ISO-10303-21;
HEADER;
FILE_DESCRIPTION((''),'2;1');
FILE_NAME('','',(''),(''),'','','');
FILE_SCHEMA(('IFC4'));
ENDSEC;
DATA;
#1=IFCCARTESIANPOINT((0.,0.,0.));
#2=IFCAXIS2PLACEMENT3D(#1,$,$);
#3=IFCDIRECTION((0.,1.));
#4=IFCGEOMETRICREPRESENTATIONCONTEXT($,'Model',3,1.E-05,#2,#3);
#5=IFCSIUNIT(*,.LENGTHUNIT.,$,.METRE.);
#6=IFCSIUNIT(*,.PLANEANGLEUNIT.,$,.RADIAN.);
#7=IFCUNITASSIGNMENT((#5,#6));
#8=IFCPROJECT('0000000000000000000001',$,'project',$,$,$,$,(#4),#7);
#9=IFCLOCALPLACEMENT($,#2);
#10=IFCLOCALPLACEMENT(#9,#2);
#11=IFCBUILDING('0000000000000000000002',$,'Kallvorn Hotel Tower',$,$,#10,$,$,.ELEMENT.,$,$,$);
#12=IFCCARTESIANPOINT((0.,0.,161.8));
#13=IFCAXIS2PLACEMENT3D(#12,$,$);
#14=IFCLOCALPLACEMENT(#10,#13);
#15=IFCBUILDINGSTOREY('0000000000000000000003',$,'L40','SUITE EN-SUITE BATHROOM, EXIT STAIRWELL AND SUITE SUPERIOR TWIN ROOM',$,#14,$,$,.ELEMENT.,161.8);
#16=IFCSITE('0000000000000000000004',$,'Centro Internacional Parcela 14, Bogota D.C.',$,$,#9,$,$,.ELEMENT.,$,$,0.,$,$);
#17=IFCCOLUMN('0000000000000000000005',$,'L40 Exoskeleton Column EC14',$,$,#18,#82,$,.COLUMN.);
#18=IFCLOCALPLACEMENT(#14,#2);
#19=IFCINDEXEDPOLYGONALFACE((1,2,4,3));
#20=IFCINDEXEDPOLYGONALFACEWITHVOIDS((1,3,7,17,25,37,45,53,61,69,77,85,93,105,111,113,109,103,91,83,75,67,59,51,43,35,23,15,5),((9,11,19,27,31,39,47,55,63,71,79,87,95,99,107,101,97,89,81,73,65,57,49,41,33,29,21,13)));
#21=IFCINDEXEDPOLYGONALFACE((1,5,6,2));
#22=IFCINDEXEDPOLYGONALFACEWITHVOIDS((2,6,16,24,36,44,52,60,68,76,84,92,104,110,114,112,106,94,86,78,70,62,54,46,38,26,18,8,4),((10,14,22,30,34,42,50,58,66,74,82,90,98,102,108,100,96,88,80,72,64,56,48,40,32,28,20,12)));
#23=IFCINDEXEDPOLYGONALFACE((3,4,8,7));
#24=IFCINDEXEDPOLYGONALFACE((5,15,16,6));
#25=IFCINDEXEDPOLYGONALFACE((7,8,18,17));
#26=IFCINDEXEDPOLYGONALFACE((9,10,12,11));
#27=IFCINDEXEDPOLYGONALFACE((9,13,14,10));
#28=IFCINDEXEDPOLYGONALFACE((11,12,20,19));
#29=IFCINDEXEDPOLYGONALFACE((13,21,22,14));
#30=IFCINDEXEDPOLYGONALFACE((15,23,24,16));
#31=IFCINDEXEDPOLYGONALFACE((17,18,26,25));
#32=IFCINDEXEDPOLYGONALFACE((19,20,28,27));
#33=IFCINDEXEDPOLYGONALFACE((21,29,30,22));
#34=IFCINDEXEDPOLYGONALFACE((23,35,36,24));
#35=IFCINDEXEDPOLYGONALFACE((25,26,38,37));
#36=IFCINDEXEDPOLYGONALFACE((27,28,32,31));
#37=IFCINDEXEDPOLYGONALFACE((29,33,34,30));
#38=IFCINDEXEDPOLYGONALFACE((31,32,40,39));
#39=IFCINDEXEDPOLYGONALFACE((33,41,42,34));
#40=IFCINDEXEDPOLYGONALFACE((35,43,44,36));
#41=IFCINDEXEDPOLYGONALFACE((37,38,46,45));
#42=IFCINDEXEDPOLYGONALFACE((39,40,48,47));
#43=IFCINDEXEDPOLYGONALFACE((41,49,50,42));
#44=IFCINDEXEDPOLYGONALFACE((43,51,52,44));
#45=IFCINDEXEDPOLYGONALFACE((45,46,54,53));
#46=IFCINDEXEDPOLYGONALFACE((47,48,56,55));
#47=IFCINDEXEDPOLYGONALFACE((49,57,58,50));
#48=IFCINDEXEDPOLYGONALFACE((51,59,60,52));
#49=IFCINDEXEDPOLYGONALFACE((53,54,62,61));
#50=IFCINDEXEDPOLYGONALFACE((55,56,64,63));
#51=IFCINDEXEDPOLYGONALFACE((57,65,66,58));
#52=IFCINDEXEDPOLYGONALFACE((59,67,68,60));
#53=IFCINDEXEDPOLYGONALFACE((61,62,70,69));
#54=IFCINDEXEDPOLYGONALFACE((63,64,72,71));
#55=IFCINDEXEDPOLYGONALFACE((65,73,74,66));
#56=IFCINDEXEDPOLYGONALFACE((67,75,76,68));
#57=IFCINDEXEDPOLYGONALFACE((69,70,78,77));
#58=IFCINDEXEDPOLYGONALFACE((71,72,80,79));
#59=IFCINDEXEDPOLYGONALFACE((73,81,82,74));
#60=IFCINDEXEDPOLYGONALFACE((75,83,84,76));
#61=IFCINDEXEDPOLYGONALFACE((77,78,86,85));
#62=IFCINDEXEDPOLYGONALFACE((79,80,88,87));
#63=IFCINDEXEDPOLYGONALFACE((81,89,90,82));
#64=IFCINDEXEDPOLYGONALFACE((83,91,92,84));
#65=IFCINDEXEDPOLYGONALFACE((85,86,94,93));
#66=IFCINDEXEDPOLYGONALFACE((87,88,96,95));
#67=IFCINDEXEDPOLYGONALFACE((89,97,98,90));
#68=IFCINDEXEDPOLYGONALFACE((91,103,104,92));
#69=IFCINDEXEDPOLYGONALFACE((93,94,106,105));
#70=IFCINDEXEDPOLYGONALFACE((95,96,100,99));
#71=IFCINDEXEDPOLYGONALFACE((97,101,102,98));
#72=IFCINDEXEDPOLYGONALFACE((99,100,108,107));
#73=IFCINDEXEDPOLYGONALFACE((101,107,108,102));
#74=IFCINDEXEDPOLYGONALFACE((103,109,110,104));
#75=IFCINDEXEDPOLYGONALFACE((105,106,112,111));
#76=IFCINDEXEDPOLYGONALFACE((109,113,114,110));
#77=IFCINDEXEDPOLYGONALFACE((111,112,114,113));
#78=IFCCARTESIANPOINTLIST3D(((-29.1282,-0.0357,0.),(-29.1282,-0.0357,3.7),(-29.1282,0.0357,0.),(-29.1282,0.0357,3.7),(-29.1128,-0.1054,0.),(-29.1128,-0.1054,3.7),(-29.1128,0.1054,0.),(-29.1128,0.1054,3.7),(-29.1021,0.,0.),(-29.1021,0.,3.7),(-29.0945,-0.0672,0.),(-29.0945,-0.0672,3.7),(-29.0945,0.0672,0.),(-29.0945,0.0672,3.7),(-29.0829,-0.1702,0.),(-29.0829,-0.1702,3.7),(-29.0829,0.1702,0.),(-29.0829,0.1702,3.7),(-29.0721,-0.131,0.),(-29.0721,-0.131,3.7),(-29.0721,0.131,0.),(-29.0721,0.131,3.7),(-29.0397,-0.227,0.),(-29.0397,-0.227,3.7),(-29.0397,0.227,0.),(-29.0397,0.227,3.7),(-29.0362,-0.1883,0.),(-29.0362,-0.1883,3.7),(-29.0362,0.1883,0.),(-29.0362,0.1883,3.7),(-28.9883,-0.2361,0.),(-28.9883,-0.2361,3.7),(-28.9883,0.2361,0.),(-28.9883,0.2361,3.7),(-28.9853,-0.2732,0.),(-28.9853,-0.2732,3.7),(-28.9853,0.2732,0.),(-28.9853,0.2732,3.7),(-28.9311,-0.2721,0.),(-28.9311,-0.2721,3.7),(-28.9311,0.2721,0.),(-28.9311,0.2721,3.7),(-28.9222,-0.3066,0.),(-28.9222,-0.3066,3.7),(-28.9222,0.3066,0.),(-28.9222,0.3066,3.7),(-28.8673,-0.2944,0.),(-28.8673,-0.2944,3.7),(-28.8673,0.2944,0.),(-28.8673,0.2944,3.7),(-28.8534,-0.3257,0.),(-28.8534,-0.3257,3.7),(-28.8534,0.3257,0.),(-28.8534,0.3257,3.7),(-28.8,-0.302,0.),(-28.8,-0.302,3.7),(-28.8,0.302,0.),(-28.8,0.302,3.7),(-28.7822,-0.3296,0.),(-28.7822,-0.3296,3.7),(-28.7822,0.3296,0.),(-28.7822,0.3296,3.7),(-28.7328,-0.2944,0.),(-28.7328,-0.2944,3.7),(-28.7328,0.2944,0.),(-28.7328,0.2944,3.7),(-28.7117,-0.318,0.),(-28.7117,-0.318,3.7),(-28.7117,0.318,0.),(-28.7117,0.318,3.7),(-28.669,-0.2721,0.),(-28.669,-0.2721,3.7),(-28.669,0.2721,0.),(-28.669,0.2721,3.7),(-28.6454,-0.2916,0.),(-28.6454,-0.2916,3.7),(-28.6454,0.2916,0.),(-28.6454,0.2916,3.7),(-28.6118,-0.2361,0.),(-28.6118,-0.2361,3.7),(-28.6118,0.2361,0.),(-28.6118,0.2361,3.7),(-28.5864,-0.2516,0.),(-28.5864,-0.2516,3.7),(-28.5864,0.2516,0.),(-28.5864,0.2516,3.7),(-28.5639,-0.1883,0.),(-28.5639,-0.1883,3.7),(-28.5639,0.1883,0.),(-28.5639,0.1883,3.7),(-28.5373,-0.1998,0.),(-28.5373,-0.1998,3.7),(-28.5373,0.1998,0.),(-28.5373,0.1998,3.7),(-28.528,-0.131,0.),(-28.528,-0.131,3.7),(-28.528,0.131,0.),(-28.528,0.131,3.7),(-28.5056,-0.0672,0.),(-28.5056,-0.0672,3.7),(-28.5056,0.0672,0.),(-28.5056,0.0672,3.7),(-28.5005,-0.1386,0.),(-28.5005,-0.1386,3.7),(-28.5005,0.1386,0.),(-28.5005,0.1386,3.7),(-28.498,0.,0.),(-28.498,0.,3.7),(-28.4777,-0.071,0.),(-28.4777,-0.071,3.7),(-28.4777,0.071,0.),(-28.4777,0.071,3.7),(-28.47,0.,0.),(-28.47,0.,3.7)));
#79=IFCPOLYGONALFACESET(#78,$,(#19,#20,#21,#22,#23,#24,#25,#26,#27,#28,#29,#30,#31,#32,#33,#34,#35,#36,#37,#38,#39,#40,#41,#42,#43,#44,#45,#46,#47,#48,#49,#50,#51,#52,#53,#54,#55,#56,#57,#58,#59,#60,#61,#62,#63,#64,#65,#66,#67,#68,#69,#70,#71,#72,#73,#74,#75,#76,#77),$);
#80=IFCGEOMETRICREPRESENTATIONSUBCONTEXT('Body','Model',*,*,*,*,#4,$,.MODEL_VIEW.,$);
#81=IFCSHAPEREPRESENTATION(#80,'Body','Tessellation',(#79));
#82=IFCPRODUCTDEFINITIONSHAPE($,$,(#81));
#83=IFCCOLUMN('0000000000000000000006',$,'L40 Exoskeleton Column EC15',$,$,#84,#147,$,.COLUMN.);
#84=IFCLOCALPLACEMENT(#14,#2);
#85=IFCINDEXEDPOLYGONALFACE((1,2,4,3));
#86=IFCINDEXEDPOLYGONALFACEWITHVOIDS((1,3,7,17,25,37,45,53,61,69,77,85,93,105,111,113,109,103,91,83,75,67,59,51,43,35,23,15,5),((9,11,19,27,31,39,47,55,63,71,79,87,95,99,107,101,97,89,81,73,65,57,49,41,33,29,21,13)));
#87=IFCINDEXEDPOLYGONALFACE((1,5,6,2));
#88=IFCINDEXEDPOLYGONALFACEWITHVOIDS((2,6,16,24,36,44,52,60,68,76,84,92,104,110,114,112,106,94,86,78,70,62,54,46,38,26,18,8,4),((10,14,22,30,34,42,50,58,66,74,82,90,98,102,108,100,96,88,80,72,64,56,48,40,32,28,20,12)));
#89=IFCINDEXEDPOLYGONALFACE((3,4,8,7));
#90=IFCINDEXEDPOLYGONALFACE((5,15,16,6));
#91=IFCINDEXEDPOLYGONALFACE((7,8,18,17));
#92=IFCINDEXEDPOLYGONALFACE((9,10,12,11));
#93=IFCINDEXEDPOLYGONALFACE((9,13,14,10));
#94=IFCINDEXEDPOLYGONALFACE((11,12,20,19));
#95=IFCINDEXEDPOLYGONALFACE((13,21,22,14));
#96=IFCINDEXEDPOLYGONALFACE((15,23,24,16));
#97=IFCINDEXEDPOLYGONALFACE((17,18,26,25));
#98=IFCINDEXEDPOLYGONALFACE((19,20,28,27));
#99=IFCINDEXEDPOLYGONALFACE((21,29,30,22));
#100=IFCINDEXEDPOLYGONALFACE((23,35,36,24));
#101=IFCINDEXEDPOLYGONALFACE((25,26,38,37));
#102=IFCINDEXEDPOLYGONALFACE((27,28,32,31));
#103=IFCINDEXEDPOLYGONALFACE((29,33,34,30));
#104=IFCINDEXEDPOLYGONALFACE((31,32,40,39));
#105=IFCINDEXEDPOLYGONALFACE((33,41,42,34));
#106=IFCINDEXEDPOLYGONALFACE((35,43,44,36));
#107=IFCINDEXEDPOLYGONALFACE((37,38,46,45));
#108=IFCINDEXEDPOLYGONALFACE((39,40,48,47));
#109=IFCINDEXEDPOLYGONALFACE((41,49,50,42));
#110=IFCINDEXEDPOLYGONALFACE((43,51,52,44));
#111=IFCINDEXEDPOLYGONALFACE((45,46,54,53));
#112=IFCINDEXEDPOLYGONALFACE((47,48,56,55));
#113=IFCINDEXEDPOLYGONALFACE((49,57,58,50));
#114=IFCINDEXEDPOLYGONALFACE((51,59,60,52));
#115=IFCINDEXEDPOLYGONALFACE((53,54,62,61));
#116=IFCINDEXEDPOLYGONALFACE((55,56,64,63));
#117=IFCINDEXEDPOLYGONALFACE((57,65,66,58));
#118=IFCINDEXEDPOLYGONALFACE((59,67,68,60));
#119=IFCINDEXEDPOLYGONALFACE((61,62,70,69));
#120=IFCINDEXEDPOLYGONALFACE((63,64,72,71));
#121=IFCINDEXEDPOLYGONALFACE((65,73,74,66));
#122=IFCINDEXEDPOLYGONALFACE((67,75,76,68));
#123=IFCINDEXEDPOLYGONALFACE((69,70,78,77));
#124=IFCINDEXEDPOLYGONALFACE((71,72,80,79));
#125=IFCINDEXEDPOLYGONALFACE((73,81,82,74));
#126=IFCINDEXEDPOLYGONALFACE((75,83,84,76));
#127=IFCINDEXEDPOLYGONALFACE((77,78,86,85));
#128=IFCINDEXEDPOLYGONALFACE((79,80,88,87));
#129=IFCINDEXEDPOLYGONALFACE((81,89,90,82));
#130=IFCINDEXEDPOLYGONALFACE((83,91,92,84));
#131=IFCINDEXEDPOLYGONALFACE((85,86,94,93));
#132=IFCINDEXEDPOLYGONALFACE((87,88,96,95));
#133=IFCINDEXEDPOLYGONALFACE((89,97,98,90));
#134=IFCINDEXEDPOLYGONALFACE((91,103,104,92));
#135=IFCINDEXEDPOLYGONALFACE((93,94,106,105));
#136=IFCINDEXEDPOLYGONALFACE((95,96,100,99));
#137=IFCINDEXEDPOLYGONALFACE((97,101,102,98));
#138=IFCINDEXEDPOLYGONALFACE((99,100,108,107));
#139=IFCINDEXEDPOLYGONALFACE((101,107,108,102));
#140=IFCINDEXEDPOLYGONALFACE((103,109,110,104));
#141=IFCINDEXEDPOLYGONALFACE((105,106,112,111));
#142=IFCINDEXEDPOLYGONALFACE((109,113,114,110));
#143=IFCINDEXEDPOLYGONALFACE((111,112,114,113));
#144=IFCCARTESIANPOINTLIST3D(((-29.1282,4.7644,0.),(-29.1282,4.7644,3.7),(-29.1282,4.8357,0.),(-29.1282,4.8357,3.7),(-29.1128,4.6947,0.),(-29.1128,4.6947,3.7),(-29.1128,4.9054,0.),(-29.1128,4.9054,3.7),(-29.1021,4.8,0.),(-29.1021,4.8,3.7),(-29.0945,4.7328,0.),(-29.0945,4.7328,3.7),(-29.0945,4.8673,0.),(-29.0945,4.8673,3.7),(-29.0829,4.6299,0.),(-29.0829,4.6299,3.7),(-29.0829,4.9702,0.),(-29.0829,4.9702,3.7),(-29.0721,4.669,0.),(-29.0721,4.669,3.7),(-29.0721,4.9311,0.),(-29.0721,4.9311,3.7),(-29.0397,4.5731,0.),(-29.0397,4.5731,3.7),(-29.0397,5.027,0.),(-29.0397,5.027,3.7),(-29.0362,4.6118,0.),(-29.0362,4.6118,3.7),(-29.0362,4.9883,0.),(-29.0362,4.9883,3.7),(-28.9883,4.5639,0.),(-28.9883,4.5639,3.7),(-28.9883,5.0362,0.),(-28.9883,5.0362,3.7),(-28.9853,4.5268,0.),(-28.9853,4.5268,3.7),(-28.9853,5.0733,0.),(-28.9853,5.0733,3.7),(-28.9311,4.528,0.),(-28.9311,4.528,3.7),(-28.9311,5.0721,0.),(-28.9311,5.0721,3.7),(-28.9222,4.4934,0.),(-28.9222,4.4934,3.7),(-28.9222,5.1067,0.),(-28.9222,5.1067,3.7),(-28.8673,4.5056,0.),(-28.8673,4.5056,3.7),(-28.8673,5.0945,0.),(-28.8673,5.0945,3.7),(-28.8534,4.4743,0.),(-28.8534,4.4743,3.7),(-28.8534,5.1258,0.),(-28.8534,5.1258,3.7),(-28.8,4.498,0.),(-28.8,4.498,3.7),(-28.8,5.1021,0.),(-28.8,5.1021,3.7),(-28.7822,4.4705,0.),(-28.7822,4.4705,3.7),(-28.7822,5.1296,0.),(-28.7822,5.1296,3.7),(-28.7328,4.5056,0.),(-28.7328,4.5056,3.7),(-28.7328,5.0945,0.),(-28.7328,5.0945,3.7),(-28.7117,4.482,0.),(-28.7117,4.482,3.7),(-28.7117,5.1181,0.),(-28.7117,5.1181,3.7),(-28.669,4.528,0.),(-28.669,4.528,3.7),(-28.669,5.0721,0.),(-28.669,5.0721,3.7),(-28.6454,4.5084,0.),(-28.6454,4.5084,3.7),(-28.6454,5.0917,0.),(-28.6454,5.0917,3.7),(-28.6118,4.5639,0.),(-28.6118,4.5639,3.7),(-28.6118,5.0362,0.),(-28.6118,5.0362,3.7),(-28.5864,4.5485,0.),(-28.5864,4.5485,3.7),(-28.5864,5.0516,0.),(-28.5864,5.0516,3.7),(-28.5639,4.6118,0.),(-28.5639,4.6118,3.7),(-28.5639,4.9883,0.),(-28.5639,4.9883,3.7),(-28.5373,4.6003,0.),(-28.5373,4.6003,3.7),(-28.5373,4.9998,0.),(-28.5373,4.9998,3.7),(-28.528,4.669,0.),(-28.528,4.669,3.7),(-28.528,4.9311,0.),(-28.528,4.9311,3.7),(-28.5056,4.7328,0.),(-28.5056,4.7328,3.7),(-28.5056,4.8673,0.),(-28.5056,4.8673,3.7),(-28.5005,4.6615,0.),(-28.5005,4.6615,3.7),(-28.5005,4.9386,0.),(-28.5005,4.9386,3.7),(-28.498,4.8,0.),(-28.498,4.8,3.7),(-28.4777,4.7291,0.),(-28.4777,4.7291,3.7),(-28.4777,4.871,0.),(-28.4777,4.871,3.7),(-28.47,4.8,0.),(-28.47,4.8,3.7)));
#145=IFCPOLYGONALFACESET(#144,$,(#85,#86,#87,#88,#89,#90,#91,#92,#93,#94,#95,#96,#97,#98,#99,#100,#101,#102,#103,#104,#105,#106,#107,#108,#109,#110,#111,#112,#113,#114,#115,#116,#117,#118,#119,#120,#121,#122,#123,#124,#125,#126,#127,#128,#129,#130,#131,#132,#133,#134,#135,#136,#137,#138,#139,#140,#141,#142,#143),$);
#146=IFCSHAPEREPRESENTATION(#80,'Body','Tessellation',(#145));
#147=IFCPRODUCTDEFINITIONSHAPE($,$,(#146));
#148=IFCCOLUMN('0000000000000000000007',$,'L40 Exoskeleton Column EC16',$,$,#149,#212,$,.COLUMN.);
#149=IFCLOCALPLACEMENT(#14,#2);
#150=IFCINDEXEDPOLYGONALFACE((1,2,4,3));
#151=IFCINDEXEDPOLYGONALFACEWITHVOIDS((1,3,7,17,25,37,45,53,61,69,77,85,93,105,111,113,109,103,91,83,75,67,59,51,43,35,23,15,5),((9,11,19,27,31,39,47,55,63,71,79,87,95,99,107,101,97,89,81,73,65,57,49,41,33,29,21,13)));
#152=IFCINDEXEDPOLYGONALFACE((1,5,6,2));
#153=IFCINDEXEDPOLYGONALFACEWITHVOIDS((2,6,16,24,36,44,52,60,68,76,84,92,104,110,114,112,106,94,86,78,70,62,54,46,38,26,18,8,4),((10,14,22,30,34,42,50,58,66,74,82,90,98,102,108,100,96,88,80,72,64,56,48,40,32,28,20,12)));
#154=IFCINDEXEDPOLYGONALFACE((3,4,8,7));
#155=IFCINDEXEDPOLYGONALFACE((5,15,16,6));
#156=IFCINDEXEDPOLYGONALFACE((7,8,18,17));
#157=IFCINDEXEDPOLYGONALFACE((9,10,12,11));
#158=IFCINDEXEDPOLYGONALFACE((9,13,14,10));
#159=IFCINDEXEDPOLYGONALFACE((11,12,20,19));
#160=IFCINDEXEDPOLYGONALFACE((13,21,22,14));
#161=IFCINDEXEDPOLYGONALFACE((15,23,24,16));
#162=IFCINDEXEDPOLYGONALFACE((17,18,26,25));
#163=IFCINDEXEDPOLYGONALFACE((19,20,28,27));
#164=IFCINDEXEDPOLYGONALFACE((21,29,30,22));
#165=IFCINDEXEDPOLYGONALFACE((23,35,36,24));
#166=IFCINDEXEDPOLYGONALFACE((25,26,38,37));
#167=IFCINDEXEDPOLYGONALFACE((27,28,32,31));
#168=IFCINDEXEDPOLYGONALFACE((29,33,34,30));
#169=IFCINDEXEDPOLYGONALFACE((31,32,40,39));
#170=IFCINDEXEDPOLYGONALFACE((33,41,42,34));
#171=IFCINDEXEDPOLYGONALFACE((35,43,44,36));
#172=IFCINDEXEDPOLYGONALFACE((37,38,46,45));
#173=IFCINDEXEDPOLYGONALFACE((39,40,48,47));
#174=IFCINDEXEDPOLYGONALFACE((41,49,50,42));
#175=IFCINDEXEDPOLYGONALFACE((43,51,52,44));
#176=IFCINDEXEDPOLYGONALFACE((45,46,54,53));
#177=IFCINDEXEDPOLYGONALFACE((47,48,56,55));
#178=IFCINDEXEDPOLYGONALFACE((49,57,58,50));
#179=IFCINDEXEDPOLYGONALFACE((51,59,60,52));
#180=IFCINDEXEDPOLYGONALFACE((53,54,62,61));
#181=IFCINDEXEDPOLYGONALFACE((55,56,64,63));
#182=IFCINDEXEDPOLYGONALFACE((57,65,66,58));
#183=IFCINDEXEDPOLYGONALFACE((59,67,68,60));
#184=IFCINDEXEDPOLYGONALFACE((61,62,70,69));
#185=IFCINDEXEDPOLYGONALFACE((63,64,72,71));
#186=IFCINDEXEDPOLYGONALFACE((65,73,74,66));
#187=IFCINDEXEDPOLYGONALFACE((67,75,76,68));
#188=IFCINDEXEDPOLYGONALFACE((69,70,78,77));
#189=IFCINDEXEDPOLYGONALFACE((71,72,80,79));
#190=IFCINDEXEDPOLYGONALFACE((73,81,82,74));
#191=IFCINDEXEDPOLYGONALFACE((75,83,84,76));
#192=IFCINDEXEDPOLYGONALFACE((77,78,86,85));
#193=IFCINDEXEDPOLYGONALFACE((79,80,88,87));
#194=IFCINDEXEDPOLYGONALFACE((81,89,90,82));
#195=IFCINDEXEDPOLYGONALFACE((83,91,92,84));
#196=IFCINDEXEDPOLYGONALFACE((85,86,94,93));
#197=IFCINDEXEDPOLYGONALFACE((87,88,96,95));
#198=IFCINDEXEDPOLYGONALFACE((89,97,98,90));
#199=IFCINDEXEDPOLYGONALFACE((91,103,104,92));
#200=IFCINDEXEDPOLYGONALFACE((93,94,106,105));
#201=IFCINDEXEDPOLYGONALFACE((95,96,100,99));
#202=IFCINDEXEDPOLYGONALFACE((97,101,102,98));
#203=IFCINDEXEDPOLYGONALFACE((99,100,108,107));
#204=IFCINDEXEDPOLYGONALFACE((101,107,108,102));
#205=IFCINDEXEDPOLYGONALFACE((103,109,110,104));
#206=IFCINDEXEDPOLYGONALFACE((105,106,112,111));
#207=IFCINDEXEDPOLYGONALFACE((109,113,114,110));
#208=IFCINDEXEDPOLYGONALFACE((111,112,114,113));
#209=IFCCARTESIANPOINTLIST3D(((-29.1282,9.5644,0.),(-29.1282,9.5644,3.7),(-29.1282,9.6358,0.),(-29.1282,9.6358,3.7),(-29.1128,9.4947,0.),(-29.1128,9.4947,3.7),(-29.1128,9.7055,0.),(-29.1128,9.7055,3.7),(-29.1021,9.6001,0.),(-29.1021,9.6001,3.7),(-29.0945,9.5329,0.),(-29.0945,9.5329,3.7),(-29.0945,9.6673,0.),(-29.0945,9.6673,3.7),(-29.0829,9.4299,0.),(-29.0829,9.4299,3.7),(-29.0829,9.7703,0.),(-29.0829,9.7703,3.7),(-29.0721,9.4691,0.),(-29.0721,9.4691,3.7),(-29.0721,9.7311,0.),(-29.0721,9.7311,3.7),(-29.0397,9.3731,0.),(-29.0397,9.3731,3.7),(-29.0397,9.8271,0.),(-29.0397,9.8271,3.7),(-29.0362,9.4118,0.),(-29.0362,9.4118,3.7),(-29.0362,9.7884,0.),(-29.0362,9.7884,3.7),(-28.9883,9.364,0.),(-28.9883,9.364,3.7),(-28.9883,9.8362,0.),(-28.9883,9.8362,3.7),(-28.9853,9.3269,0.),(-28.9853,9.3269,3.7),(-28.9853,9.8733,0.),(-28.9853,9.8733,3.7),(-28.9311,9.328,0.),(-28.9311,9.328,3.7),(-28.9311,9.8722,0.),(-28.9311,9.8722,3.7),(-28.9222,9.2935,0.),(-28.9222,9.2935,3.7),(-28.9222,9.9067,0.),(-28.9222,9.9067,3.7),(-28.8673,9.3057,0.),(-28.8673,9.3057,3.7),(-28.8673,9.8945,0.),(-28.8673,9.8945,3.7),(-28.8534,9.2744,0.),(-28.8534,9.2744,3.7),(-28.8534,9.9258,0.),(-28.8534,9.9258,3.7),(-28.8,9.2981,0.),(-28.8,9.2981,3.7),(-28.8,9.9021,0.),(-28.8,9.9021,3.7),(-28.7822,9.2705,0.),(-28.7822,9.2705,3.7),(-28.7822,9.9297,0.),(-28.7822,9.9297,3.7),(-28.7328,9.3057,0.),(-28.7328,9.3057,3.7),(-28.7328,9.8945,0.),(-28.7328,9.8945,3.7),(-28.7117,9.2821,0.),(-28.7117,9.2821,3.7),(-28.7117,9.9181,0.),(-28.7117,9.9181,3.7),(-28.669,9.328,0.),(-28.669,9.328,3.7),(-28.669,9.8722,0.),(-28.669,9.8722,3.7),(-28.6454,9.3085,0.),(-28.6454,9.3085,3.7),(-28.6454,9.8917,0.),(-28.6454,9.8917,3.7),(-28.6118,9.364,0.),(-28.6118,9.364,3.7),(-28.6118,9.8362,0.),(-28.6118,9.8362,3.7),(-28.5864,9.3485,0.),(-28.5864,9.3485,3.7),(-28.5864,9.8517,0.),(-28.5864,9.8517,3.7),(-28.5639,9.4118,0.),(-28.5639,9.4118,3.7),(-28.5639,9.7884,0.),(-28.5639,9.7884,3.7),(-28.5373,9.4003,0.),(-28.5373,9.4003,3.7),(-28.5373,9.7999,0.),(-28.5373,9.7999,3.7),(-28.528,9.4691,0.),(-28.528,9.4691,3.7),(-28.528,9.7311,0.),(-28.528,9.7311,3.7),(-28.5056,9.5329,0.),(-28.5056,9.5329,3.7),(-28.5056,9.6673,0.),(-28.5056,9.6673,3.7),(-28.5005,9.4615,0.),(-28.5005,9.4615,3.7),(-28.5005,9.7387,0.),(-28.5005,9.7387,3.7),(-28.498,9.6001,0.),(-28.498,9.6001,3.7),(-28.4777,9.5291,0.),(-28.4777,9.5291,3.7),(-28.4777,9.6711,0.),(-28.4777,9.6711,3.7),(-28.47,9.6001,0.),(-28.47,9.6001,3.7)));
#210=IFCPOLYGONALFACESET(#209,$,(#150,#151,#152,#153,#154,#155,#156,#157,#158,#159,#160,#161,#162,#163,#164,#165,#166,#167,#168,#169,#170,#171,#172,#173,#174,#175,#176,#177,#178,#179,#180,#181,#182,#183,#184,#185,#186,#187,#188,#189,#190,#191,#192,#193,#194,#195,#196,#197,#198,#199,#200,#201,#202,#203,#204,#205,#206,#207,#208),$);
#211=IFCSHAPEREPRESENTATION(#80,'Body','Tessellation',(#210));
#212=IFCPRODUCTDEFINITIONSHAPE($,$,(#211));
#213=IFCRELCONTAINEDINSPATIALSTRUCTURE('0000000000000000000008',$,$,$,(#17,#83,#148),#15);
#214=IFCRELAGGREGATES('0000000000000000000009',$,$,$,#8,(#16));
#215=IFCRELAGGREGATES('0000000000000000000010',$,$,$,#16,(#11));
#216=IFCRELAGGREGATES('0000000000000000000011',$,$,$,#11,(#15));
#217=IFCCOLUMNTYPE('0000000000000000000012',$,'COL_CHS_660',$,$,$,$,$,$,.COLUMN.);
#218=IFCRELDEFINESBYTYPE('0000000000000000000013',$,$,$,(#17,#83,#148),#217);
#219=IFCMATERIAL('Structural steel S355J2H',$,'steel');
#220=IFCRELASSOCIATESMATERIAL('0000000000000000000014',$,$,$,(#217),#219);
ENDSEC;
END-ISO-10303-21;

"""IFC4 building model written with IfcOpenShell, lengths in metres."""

from ifc_helpers import new_model, si_unit, direction, frame, origin, origin_2d, place, context, subcontext, project, spatial, hollow_circle, extrude, material, material_profile, profile_set, type_object, element, save


model = new_model("IFC4")

# Units and contexts
model_context = context("Model", 3, precision=1e-05, world=origin(), true_north=direction((0.0, 1.0)))
body_context = subcontext(model_context, "Body", "Model", "MODEL_VIEW")
ifc_project = project(units=[si_unit("LENGTHUNIT", "METRE"), si_unit("PLANEANGLEUNIT", "RADIAN")], contexts=[model_context])

# Site, building, storey
site_placement = place(None, origin())
site = spatial("IfcSite", under=ifc_project, at=site_placement, Name="Centro Internacional Parcela 14, Bogota D.C.", CompositionType="ELEMENT", RefElevation=0.0)
building_placement = place(site_placement, origin())
building = spatial("IfcBuilding", under=site, at=building_placement, Name="Kallvorn Hotel Tower", CompositionType="ELEMENT")
storey_placement = place(building_placement, frame((0.0, 0.0, 161.8)))
storey = spatial("IfcBuildingStorey", under=building, at=storey_placement, Name="L40", Description="SUITE EN-SUITE BATHROOM, EXIT STAIRWELL AND SUITE SUPERIOR TWIN ROOM", CompositionType="ELEMENT", Elevation=161.8)

# Columns
ifc_material_1 = material(Name="Structural steel S355J2H", Category="steel")
ifc_material_profile_1 = material_profile(ifc_material_1, hollow_circle(Radius=0.3301, WallThickness=0.0281, at=origin_2d()), Name="CHS 660x28")
ifc_profile_set_1 = profile_set([ifc_material_profile_1], Name="Structural steel S355J2H")
column_type_1 = type_object("IfcColumnType", Name="COL_CHS_660", PredefinedType="COLUMN", material=ifc_profile_set_1)
for number, where, z_axis, x_axis, name in (
    (1, (-28.8, 0.0, 0.0), (0.0, 0.0, 1.0), (1.0, 0.0, 0.0), "L40 Exoskeleton Column EC14"),
    (2, (-28.8, 4.8, 0.0), (0.0, 0.0, 1.0), (1.0, 0.0, 0.0), "L40 Exoskeleton Column EC15"),
    (3, (-28.8, 9.6001, 0.0), (0.0, 0.0, 1.0), (1.0, 0.0, 0.0), "L40 Exoskeleton Column EC16"),
):
    element("IfcColumn", number, at=place(storey_placement, frame(where, z_axis=z_axis, x_axis=x_axis)), inside=storey, type_object=column_type_1, Name=name, PredefinedType="COLUMN", context=body_context, shape_type="SweptSolid", body=[
        extrude(hollow_circle(Radius=0.3301, WallThickness=0.0281, at=origin_2d()), origin(), (0.0, 0.0, 1.0), 3.7),
    ])

save(model, "model.ifc")
